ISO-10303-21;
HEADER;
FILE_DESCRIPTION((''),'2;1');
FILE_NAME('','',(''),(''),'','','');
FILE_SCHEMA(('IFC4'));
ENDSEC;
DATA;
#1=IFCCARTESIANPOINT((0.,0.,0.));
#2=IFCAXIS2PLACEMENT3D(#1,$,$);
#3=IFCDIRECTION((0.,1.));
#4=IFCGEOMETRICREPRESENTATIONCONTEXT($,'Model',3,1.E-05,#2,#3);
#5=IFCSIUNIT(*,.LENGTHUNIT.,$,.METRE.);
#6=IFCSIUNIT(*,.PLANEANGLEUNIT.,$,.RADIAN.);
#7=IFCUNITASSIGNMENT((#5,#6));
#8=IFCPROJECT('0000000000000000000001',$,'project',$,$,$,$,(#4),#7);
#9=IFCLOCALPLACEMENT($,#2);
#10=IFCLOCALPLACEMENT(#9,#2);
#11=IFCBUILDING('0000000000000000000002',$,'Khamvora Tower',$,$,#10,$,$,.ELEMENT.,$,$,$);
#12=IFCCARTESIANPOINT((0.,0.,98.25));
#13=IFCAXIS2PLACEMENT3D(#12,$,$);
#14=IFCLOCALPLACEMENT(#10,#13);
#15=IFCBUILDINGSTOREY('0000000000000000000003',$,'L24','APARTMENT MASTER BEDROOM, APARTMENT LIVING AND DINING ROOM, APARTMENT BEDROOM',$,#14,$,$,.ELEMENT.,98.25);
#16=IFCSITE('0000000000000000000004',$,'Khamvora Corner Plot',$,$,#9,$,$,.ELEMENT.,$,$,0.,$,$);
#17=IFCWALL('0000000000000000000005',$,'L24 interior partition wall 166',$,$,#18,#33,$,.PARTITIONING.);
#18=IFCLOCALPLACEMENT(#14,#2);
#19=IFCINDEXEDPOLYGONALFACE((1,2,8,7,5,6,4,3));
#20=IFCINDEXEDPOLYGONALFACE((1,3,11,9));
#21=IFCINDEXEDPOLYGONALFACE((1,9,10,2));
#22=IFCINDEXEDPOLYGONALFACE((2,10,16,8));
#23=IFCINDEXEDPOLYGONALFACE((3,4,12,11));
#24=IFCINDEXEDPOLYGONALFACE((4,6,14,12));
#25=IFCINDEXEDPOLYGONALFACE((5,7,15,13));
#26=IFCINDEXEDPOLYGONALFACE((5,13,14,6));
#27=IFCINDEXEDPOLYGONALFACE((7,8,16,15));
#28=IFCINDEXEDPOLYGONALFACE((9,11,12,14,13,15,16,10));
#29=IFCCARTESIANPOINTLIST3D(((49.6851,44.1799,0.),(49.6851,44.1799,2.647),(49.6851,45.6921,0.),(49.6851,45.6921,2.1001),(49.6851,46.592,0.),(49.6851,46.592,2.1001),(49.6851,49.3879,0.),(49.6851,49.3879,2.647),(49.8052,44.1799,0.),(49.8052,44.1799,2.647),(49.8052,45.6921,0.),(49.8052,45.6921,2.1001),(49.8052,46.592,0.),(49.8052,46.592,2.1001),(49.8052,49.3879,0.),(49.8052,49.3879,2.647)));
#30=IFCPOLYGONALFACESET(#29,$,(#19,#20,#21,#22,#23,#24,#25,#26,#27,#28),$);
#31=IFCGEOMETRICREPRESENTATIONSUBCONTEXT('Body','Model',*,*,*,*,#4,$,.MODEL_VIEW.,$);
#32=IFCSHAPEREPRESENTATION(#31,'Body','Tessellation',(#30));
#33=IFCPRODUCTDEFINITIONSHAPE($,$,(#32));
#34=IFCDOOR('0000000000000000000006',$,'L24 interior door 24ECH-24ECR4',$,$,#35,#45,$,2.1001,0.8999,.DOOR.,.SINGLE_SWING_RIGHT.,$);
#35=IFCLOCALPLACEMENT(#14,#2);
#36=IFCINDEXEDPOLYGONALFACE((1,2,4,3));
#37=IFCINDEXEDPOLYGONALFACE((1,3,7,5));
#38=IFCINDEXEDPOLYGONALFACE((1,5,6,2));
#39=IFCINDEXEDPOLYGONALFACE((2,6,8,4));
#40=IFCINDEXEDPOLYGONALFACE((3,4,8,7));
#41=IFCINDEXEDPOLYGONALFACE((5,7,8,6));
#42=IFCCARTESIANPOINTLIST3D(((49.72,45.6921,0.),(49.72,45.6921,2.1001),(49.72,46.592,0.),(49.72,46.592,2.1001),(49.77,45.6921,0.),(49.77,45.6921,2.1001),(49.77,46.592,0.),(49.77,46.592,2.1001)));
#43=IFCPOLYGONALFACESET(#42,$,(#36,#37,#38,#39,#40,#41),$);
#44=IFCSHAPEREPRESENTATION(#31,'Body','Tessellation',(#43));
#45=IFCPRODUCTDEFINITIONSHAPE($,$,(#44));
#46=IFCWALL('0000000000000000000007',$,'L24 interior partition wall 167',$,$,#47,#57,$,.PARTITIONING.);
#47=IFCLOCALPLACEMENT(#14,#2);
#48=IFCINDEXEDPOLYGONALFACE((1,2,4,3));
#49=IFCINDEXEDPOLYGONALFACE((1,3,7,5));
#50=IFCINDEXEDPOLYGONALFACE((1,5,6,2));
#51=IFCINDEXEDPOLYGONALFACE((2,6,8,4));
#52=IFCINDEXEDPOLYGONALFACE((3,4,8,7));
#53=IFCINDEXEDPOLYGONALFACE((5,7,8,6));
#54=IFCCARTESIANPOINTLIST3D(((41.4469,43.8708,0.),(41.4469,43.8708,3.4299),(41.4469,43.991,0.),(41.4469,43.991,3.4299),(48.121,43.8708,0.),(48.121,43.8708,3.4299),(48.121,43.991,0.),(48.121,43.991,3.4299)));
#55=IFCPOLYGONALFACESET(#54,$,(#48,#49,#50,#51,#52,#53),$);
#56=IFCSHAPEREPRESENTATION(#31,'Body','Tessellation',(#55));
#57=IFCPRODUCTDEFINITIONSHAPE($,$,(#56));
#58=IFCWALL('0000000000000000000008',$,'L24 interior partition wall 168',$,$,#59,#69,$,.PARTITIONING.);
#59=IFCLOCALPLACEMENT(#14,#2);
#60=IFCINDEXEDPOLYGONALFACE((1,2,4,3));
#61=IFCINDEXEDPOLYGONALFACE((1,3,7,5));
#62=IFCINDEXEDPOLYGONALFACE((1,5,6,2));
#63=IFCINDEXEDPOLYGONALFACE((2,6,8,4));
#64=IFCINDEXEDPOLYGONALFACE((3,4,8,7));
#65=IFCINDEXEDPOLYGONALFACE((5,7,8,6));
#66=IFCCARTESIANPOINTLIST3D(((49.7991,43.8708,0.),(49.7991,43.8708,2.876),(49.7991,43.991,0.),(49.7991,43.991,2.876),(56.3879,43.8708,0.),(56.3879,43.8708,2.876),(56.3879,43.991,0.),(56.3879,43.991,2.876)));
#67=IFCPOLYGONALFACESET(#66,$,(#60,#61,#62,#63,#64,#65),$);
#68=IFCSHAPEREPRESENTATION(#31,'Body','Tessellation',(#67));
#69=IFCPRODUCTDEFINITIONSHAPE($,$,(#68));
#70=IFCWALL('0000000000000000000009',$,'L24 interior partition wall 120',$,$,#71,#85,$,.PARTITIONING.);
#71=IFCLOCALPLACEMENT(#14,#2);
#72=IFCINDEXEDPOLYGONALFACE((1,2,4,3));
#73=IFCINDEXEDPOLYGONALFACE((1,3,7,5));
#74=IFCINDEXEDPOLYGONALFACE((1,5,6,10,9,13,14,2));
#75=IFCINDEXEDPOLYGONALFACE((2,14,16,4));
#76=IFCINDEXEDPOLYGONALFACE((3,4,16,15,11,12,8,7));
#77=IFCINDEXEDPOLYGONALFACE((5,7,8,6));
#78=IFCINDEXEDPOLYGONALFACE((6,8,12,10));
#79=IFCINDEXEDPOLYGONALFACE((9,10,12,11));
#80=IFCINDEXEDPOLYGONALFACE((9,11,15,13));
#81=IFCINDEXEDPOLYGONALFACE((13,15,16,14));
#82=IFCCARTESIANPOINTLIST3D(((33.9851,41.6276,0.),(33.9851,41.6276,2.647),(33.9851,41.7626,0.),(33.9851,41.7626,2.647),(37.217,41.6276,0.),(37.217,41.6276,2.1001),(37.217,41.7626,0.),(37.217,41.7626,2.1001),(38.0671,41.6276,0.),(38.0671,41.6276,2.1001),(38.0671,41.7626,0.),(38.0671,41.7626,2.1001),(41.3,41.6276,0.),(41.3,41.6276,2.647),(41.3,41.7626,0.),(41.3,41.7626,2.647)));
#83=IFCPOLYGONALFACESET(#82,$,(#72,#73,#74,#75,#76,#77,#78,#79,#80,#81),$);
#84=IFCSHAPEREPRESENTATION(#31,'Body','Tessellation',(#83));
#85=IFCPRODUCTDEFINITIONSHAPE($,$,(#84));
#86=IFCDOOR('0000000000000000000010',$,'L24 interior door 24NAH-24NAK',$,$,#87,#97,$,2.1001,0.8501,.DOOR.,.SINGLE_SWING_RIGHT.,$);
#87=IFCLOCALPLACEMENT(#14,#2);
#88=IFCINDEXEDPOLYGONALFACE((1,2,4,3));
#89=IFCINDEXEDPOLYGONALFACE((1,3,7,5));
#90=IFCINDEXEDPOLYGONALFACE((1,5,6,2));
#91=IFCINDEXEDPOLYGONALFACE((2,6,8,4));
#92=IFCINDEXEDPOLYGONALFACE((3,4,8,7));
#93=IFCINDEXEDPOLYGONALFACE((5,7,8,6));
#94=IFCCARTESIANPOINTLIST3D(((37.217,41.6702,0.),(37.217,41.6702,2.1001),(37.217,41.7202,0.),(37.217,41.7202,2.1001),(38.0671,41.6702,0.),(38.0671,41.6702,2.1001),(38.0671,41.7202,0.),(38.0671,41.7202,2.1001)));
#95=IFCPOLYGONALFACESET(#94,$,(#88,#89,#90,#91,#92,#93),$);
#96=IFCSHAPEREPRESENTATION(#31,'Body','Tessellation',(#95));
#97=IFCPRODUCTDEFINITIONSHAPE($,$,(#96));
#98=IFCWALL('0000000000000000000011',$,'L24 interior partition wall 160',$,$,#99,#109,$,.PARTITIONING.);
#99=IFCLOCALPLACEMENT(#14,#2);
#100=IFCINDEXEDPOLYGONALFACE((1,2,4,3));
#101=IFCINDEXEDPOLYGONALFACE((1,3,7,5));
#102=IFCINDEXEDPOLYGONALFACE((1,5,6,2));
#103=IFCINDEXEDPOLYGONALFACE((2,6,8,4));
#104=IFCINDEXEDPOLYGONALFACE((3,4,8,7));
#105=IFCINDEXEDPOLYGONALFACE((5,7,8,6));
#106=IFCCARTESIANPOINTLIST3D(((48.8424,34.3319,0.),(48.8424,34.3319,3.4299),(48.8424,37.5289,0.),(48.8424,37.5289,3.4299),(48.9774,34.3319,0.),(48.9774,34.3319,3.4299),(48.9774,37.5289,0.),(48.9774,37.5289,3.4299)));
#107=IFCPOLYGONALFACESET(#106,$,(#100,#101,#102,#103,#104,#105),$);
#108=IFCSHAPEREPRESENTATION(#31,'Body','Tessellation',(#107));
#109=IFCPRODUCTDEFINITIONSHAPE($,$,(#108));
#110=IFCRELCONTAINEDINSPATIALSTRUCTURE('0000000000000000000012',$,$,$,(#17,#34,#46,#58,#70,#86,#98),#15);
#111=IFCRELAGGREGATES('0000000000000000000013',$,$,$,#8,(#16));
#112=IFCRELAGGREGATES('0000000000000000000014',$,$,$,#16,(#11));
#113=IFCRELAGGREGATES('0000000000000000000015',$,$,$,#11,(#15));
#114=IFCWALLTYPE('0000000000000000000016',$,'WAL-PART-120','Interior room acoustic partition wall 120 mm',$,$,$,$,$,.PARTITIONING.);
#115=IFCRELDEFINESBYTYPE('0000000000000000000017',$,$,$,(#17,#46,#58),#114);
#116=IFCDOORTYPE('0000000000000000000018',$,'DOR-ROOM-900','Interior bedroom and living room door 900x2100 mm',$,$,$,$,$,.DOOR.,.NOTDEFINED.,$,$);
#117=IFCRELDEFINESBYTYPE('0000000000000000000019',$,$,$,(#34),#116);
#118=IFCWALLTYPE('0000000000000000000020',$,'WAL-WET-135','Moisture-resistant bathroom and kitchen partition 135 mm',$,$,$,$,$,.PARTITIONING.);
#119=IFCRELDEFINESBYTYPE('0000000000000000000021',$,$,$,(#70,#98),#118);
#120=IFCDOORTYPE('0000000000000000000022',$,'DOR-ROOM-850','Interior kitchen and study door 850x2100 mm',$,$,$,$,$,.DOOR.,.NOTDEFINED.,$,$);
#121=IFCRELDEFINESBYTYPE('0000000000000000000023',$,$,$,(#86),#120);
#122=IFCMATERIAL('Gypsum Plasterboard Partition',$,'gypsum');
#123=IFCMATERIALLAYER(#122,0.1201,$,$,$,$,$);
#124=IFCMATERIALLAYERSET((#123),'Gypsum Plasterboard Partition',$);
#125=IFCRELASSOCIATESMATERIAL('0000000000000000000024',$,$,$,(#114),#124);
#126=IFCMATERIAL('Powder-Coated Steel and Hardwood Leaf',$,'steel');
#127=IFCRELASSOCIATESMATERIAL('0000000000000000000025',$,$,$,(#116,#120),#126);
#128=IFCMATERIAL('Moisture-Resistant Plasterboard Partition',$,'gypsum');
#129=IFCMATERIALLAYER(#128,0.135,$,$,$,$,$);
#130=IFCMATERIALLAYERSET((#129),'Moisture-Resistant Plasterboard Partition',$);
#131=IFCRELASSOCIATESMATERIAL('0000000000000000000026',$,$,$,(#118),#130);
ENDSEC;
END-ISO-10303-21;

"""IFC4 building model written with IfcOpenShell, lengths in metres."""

from ifc_helpers import new_model, si_unit, direction, frame, frame_2d, origin, place, context, subcontext, project, spatial, rectangle, extrude, material, layer, layer_set, type_object, element, fill, save


model = new_model("IFC4")

# Units and contexts
model_context = context("Model", 3, precision=1e-05, world=origin(), true_north=direction((0.0, 1.0)))
body_context = subcontext(model_context, "Body", "Model", "MODEL_VIEW")
ifc_project = project(units=[si_unit("LENGTHUNIT", "METRE"), si_unit("PLANEANGLEUNIT", "RADIAN")], contexts=[model_context])

# Site, building, storey
site_placement = place(None, origin())
site = spatial("IfcSite", under=ifc_project, at=site_placement, Name="Khamvora Corner Plot", CompositionType="ELEMENT", RefElevation=0.0)
building_placement = place(site_placement, origin())
building = spatial("IfcBuilding", under=site, at=building_placement, Name="Khamvora Tower", CompositionType="ELEMENT")
storey_placement = place(building_placement, frame((0.0, 0.0, 98.25)))
storey = spatial("IfcBuildingStorey", under=building, at=storey_placement, Name="L24", Description="APARTMENT MASTER BEDROOM, APARTMENT LIVING AND DINING ROOM, APARTMENT BEDROOM", CompositionType="ELEMENT", Elevation=98.25)

# Shared definitions
ifc_material_1 = material(Name="Gypsum Plasterboard Partition", Category="gypsum")
ifc_layer_1 = layer(ifc_material_1, 0.1201)
ifc_layer_set_1 = layer_set([ifc_layer_1], Name="Gypsum Plasterboard Partition")
wall_type_1 = type_object("IfcWallType", Name="WAL-PART-120", Description="Interior room acoustic partition wall 120 mm", PredefinedType="PARTITIONING", material=ifc_layer_set_1)
ifc_material_2 = material(Name="Powder-Coated Steel and Hardwood Leaf", Category="steel")
door_type_1 = type_object("IfcDoorType", Name="DOR-ROOM-900", Description="Interior bedroom and living room door 900x2100 mm", OperationType="NOTDEFINED", PredefinedType="DOOR", material=ifc_material_2)

# Wall, opening, door
wall_1_placement = place(storey_placement, frame((49.7451, 49.3879, 0.0), z_axis=(0.0, 0.0, 1.0), x_axis=(0.0, -1.0, 0.0)))
wall_1 = element("IfcWall", 1, at=wall_1_placement, inside=storey, type_object=wall_type_1, Name="L24 interior partition wall 166", PredefinedType="PARTITIONING", context=body_context, shape_type="SweptSolid", body=[
    extrude(rectangle(XDim=5.208, YDim=0.1201, at=frame_2d((2.604, 0.0))), origin(), (0.0, 0.0, 1.0), 2.647),
])
opening_1_placement = place(wall_1_placement, frame((2.7959, 0.0, 0.0)))
opening_1 = element("IfcOpeningElement", 2, at=opening_1_placement, cuts=wall_1, PredefinedType="OPENING", context=body_context, shape_type="SweptSolid", body=[
    extrude(rectangle(XDim=0.8999, YDim=2.1001, at=frame_2d((0.45, 1.05))), frame((0.0, 0.0701, 0.0), z_axis=(0.0, -1.0, 0.0), x_axis=(1.0, 0.0, 0.0)), (0.0, 0.0, 1.0), 0.1401),
])
door_1_placement = place(opening_1_placement, origin())
door_1 = element("IfcDoor", 3, at=door_1_placement, inside=storey, type_object=door_type_1, Name="L24 interior door 24ECH-24ECR4", OperationType="SINGLE_SWING_RIGHT", OverallHeight=2.1001, OverallWidth=0.8999, PredefinedType="DOOR", context=body_context, shape_type="SweptSolid", body=[
    extrude(rectangle(XDim=0.8999, YDim=2.1001, at=frame_2d((0.45, 1.05))), frame((0.0, 0.0249, 0.0), z_axis=(0.0, -1.0, 0.0), x_axis=(1.0, 0.0, 0.0)), (0.0, 0.0, 1.0), 0.05),
])
fill(opening_1, door_1)

# Walls
wall_2_placement = place(storey_placement, frame((41.447, 43.9309, 0.0), z_axis=(0.0, 0.0, 1.0), x_axis=(1.0, 0.0, 0.0)))
element("IfcWall", 4, at=wall_2_placement, inside=storey, type_object=wall_type_1, Name="L24 interior partition wall 167", PredefinedType="PARTITIONING", context=body_context, shape_type="SweptSolid", body=[
    extrude(rectangle(XDim=6.6741, YDim=0.1201, at=frame_2d((3.3369, 0.0))), origin(), (0.0, 0.0, 1.0), 3.4299),
])
wall_3_placement = place(storey_placement, frame((49.7991, 43.9309, 0.0), z_axis=(0.0, 0.0, 1.0), x_axis=(1.0, 0.0, 0.0)))
element("IfcWall", 5, at=wall_3_placement, inside=storey, type_object=wall_type_1, Name="L24 interior partition wall 168", PredefinedType="PARTITIONING", context=body_context, shape_type="SweptSolid", body=[
    extrude(rectangle(XDim=6.5889, YDim=0.1201, at=frame_2d((3.2944, 0.0))), origin(), (0.0, 0.0, 1.0), 2.876),
])

# Wall, opening, door
ifc_material_3 = material(Name="Moisture-Resistant Plasterboard Partition", Category="gypsum")
ifc_layer_2 = layer(ifc_material_3, 0.135)
ifc_layer_set_2 = layer_set([ifc_layer_2], Name="Moisture-Resistant Plasterboard Partition")
wall_type_2 = type_object("IfcWallType", Name="WAL-WET-135", Description="Moisture-resistant bathroom and kitchen partition 135 mm", PredefinedType="PARTITIONING", material=ifc_layer_set_2)
wall_4_placement = place(storey_placement, frame((41.3, 41.6951, 0.0), z_axis=(0.0, 0.0, 1.0), x_axis=(-1.0, 0.0, 0.0)))
wall_4 = element("IfcWall", 6, at=wall_4_placement, inside=storey, type_object=wall_type_2, Name="L24 interior partition wall 120", PredefinedType="PARTITIONING", context=body_context, shape_type="SweptSolid", body=[
    extrude(rectangle(XDim=7.3149, YDim=0.135, at=frame_2d((3.6575, 0.0))), origin(), (0.0, 0.0, 1.0), 2.647),
])
opening_2_placement = place(wall_4_placement, frame((3.2329, 0.0, 0.0)))
opening_2 = element("IfcOpeningElement", 7, at=opening_2_placement, cuts=wall_4, PredefinedType="OPENING", context=body_context, shape_type="SweptSolid", body=[
    extrude(rectangle(XDim=0.8501, YDim=2.1001, at=frame_2d((0.425, 1.05))), frame((0.0, 0.0774, 0.0), z_axis=(0.0, -1.0, 0.0), x_axis=(1.0, 0.0, 0.0)), (0.0, 0.0, 1.0), 0.155),
])
door_type_2 = type_object("IfcDoorType", Name="DOR-ROOM-850", Description="Interior kitchen and study door 850x2100 mm", OperationType="NOTDEFINED", PredefinedType="DOOR", material=ifc_material_2)
door_2_placement = place(opening_2_placement, origin())
door_2 = element("IfcDoor", 8, at=door_2_placement, inside=storey, type_object=door_type_2, Name="L24 interior door 24NAH-24NAK", OperationType="SINGLE_SWING_RIGHT", OverallHeight=2.1001, OverallWidth=0.8501, PredefinedType="DOOR", context=body_context, shape_type="SweptSolid", body=[
    extrude(rectangle(XDim=0.8501, YDim=2.1001, at=frame_2d((0.425, 1.05))), frame((0.0, 0.0249, 0.0), z_axis=(0.0, -1.0, 0.0), x_axis=(1.0, 0.0, 0.0)), (0.0, 0.0, 1.0), 0.05),
])
fill(opening_2, door_2)

# Wall
wall_5_placement = place(storey_placement, frame((48.9099, 37.5291, 0.0), z_axis=(0.0, 0.0, 1.0), x_axis=(0.0, -1.0, 0.0)))
element("IfcWall", 9, at=wall_5_placement, inside=storey, type_object=wall_type_2, Name="L24 interior partition wall 160", PredefinedType="PARTITIONING", context=body_context, shape_type="SweptSolid", body=[
    extrude(rectangle(XDim=3.197, YDim=0.135, at=frame_2d((1.5986, 0.0))), origin(), (0.0, 0.0, 1.0), 3.4299),
])

save(model, "model.ifc")
